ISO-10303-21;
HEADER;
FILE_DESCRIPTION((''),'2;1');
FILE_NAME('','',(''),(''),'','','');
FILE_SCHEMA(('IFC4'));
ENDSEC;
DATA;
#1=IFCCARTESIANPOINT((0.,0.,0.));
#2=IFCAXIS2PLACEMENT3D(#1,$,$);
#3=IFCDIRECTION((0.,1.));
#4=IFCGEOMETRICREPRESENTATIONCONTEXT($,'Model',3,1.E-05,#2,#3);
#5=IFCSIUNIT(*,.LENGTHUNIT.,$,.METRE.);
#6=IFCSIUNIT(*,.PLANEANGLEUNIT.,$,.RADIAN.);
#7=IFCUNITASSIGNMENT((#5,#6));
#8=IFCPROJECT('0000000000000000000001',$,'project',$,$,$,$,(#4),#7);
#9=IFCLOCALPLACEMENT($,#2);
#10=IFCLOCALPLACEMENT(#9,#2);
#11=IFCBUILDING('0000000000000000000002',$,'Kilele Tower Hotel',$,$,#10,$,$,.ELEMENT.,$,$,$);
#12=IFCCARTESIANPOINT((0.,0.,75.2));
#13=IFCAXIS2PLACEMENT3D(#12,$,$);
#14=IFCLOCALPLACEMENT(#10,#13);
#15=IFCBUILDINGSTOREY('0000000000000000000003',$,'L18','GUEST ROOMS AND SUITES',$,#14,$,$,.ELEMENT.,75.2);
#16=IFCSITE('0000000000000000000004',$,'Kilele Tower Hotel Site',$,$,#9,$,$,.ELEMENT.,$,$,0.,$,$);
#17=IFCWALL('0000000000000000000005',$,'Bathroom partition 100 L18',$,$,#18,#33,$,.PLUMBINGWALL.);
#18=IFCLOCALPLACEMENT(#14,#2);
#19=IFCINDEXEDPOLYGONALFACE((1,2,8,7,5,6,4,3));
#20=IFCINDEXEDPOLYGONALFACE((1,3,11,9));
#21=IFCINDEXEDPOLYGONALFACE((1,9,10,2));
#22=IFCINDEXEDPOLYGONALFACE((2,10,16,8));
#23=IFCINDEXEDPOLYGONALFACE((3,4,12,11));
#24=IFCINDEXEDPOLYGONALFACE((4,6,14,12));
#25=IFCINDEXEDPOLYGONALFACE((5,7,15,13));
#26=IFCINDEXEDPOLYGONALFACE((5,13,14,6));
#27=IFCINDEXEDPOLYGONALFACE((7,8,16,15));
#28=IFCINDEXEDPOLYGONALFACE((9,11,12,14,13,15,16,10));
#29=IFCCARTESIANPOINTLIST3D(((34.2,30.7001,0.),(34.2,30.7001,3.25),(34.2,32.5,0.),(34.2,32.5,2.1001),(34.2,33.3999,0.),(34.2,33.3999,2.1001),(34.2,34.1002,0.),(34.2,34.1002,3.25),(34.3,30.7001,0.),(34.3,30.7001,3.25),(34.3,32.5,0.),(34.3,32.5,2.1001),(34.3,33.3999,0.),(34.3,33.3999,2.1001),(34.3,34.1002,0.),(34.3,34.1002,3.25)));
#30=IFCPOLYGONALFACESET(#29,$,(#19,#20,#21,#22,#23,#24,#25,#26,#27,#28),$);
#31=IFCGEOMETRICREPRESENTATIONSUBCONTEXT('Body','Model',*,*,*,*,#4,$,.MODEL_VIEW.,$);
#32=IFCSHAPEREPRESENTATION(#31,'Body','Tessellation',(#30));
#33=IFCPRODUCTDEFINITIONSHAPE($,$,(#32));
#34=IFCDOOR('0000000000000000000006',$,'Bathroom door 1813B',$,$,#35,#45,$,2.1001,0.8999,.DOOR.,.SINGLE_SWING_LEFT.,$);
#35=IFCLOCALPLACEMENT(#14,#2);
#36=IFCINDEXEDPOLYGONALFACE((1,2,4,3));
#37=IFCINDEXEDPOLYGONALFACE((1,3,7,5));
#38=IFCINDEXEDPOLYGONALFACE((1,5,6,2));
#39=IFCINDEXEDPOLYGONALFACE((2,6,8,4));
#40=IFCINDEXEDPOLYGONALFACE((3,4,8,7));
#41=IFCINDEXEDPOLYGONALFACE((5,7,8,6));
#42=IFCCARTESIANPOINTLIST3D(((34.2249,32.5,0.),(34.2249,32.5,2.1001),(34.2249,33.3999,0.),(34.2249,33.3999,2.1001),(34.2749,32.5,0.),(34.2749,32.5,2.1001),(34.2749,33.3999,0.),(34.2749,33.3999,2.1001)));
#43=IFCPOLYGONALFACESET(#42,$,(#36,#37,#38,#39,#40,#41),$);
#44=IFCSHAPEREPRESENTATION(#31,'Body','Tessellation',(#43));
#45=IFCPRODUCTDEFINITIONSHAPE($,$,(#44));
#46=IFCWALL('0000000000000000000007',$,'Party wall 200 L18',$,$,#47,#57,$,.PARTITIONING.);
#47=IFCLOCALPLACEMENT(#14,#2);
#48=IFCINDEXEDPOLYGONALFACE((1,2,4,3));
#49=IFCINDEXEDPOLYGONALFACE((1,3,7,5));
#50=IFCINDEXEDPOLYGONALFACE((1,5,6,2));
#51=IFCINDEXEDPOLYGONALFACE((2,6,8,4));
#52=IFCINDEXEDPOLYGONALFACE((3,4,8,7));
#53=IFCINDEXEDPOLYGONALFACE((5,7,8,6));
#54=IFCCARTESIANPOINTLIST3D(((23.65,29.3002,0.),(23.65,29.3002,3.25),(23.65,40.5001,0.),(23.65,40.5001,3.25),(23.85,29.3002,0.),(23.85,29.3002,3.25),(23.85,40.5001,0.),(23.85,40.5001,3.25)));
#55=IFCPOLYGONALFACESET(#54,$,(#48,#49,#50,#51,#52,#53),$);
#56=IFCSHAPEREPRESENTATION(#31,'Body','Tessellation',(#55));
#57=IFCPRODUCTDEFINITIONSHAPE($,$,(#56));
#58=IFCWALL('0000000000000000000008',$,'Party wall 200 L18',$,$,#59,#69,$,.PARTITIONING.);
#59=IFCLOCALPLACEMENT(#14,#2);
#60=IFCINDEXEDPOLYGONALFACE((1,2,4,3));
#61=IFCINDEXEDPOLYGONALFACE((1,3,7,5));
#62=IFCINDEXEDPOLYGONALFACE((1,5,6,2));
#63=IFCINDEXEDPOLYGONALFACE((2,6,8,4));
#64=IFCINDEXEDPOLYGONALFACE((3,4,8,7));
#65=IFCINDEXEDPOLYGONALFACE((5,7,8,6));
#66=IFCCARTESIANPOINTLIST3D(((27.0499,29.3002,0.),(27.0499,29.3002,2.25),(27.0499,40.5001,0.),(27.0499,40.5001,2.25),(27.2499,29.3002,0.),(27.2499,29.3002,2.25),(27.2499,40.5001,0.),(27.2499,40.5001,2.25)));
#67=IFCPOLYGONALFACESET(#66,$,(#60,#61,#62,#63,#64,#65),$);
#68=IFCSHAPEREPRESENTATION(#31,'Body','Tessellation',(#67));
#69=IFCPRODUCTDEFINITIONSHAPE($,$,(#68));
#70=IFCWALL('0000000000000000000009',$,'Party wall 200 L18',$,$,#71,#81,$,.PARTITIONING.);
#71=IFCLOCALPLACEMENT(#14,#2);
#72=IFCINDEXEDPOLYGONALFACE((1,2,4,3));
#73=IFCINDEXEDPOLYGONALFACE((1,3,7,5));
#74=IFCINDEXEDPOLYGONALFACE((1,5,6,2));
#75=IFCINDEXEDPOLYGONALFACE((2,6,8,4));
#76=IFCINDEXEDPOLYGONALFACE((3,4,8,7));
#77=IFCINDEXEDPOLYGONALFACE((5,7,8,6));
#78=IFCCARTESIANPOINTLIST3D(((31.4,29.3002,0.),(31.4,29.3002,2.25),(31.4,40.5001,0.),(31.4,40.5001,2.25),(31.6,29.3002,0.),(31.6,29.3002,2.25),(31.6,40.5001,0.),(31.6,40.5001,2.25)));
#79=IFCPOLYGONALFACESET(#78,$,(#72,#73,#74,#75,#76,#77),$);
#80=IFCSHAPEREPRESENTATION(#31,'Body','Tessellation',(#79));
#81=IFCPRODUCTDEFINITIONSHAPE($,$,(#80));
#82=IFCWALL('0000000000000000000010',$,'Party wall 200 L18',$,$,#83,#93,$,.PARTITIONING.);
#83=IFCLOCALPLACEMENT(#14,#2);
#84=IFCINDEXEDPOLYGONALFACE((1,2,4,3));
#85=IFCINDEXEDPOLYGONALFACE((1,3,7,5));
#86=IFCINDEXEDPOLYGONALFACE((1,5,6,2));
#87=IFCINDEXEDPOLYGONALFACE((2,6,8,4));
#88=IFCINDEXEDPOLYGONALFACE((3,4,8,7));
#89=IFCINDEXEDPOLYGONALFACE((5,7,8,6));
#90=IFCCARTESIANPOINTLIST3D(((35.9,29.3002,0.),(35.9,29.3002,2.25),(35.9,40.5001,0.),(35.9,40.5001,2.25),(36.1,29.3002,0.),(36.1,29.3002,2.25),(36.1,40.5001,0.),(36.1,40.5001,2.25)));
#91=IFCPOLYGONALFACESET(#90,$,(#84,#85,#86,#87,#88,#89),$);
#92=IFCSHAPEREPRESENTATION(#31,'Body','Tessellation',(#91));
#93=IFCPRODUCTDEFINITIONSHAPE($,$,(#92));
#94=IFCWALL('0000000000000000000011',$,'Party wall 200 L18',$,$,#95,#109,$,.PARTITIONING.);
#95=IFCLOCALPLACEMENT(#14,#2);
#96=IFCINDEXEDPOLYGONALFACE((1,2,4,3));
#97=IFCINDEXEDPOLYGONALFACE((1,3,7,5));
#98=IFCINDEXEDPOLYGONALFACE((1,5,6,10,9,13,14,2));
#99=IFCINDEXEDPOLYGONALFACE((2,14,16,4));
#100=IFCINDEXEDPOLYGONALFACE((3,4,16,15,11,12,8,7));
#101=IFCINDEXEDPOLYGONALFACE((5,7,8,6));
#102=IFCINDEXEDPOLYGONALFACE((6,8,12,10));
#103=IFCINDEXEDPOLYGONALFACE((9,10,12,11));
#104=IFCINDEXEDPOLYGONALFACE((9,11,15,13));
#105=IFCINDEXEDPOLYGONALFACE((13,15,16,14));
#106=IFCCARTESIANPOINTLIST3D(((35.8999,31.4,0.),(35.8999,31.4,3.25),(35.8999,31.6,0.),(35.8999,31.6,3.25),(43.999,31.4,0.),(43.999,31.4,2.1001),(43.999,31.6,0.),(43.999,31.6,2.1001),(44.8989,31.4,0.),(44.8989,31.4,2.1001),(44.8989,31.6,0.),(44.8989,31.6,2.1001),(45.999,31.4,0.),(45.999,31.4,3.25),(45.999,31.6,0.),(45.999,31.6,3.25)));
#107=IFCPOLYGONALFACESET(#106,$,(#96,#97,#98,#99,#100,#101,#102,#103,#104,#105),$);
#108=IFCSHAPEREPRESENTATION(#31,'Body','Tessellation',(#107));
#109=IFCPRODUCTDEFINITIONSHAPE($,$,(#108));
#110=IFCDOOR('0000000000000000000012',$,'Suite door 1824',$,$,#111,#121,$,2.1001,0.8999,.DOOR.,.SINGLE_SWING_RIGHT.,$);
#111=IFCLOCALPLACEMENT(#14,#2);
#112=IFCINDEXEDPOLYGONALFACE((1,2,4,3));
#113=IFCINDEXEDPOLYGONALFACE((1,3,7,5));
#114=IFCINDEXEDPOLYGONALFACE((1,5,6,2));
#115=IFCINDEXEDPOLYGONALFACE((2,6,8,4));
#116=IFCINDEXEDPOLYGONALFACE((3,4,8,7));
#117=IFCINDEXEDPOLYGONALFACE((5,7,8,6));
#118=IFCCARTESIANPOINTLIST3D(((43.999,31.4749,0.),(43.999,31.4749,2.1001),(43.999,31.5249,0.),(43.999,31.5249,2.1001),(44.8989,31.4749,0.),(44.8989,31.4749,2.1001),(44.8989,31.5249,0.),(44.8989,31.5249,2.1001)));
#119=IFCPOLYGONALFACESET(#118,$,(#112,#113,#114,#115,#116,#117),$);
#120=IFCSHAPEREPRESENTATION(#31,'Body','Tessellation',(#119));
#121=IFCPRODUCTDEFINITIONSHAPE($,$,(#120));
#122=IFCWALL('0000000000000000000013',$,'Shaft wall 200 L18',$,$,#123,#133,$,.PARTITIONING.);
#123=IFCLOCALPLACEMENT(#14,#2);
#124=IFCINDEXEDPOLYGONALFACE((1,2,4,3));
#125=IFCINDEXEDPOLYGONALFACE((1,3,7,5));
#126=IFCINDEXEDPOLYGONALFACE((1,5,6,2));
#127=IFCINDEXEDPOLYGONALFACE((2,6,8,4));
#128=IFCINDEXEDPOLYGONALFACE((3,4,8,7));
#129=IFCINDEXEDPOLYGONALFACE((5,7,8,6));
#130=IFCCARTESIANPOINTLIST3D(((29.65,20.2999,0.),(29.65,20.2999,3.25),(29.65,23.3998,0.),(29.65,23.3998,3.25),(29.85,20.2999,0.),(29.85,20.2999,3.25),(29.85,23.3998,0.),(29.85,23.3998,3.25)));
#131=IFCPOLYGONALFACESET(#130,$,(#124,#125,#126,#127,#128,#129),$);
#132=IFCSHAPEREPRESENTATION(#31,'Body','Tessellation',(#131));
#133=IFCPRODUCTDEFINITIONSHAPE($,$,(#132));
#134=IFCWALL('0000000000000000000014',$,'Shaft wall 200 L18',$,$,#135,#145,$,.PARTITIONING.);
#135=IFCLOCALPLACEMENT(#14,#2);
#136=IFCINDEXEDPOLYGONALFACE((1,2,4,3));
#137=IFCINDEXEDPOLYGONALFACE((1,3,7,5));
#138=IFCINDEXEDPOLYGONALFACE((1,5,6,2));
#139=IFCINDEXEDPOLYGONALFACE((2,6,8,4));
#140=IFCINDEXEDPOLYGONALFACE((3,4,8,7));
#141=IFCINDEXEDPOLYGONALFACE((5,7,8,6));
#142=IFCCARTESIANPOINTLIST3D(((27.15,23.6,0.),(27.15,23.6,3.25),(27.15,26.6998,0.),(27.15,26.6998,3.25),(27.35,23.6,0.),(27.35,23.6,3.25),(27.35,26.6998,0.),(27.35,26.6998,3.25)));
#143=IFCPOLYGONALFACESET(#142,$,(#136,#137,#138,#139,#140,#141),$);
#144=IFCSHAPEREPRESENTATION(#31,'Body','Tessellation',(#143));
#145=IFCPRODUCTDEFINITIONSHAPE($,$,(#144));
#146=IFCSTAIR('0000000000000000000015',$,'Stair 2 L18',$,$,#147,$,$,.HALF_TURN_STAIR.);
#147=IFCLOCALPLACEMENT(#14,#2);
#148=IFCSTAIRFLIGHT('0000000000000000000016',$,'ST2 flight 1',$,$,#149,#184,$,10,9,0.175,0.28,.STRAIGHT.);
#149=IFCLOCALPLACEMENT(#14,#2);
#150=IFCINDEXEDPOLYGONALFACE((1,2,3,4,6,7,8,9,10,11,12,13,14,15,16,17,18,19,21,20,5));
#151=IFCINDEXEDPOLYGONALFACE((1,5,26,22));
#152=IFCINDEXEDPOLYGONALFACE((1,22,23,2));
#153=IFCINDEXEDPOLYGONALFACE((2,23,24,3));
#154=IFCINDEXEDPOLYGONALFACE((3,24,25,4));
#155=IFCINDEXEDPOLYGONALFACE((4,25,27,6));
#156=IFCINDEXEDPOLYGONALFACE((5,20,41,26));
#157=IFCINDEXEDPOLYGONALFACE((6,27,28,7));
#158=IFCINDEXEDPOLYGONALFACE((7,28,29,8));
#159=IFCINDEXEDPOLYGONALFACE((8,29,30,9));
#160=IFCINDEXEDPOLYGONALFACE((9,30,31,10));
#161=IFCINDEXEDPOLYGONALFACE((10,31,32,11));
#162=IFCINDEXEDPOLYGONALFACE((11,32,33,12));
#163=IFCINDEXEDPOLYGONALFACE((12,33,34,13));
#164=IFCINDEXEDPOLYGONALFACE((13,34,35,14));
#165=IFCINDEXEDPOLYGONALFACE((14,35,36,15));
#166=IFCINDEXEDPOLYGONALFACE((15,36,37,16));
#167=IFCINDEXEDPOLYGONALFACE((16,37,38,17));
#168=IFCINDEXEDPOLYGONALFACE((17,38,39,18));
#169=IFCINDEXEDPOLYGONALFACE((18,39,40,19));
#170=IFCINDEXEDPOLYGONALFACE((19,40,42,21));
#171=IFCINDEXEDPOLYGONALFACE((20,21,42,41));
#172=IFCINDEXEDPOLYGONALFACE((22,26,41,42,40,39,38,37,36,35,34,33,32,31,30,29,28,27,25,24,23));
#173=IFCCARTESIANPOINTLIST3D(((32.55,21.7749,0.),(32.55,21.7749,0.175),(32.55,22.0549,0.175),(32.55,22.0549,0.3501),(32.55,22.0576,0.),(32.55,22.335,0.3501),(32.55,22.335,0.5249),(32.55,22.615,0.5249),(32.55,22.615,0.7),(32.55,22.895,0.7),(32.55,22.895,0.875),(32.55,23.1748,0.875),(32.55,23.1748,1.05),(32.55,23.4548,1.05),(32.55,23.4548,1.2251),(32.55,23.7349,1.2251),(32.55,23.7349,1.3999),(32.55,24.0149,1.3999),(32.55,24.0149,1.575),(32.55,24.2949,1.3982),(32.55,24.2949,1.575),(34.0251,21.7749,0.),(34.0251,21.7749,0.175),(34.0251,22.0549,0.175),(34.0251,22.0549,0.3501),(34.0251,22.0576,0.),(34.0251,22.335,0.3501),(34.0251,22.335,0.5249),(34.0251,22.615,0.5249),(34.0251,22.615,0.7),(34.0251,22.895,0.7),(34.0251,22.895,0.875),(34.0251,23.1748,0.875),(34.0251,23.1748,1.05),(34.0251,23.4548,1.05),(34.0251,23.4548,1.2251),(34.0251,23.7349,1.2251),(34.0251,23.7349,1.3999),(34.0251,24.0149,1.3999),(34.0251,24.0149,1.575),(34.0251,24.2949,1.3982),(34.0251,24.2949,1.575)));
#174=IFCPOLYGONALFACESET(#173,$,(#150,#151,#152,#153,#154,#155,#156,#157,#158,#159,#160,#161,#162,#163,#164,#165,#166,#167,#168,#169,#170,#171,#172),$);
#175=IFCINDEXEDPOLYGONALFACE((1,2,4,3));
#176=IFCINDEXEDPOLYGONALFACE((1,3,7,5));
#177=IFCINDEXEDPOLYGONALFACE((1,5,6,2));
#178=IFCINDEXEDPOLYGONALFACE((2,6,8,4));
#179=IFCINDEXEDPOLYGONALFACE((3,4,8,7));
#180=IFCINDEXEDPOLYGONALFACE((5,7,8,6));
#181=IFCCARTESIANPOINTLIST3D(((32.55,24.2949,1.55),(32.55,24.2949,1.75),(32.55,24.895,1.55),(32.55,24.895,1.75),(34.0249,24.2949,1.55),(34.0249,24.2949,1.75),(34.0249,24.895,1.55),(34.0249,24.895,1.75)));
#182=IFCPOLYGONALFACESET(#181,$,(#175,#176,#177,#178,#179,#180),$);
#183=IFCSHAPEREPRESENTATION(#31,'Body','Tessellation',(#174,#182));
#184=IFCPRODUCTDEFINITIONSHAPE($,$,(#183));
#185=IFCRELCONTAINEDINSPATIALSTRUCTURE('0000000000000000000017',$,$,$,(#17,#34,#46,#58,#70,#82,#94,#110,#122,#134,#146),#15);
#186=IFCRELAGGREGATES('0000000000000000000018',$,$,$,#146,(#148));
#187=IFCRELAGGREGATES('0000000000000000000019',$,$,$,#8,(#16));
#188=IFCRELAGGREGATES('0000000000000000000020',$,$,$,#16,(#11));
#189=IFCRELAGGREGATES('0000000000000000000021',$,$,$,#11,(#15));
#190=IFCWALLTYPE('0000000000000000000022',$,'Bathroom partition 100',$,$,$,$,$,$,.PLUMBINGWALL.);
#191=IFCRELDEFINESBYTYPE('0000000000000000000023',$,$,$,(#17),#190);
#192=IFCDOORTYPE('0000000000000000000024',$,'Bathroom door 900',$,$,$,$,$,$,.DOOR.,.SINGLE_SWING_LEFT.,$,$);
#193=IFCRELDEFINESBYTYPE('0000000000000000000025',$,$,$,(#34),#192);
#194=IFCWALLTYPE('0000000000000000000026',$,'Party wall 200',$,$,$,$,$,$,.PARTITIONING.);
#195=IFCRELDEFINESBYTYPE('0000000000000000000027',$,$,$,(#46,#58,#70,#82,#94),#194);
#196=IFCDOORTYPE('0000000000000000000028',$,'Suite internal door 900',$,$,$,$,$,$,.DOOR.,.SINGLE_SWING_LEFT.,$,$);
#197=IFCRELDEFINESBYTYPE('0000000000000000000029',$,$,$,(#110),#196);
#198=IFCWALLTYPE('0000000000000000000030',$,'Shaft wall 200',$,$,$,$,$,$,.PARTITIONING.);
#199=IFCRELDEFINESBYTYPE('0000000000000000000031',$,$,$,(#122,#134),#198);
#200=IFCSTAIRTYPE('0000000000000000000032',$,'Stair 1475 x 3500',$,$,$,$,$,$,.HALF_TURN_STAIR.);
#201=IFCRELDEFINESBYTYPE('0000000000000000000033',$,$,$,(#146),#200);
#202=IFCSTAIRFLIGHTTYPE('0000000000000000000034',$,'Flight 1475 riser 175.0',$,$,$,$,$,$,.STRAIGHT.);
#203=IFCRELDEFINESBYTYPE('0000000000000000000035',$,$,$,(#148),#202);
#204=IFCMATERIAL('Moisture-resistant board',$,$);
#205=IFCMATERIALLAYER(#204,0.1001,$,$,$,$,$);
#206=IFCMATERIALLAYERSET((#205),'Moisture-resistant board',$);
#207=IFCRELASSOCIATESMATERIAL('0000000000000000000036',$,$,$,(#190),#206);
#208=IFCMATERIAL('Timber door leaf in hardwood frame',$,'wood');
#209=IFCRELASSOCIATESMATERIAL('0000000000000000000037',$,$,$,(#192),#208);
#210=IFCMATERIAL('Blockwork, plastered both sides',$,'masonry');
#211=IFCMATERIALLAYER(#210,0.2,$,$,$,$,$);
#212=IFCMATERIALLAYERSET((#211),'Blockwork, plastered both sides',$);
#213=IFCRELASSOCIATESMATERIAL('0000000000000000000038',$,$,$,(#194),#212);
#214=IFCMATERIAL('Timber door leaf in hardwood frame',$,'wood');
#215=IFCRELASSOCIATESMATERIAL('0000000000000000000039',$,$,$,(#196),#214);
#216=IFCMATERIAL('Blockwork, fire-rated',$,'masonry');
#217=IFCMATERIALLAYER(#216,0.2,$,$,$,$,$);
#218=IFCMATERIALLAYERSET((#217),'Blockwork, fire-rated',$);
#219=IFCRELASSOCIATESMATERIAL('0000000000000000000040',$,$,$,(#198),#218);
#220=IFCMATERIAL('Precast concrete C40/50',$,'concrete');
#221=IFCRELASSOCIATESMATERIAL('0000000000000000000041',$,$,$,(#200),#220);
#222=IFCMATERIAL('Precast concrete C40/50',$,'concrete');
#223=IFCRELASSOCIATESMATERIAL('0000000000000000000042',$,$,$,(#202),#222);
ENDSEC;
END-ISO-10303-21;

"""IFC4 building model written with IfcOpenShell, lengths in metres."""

from ifc_helpers import new_model, si_unit, direction, frame, frame_2d, origin, place, context, subcontext, project, spatial, polyline, rectangle, outline, extrude, material, layer, layer_set, type_object, element, fill, aggregate, save


model = new_model("IFC4")

# Units and contexts
model_context = context("Model", 3, precision=1e-05, world=origin(), true_north=direction((0.0, 1.0)))
body_context = subcontext(model_context, "Body", "Model", "MODEL_VIEW")
ifc_project = project(units=[si_unit("LENGTHUNIT", "METRE"), si_unit("PLANEANGLEUNIT", "RADIAN")], contexts=[model_context])

# Site, building, storey
site_placement = place(None, origin())
site = spatial("IfcSite", under=ifc_project, at=site_placement, Name="Kilele Tower Hotel Site", CompositionType="ELEMENT", RefElevation=0.0)
building_placement = place(site_placement, origin())
building = spatial("IfcBuilding", under=site, at=building_placement, Name="Kilele Tower Hotel", CompositionType="ELEMENT")
storey_placement = place(building_placement, frame((0.0, 0.0, 75.2)))
storey = spatial("IfcBuildingStorey", under=building, at=storey_placement, Name="L18", Description="GUEST ROOMS AND SUITES", CompositionType="ELEMENT", Elevation=75.2)

# Shared definitions
ifc_material_1 = material(Name="Moisture-resistant board")
ifc_layer_1 = layer(ifc_material_1, 0.1001)
ifc_layer_set_1 = layer_set([ifc_layer_1], Name="Moisture-resistant board")
wall_type_1 = type_object("IfcWallType", Name="Bathroom partition 100", PredefinedType="PLUMBINGWALL", material=ifc_layer_set_1)

# Shared definitions
ifc_material_2 = material(Name="Timber door leaf in hardwood frame", Category="wood")
door_type_1 = type_object("IfcDoorType", Name="Bathroom door 900", OperationType="SINGLE_SWING_LEFT", PredefinedType="DOOR", material=ifc_material_2)

# Wall, opening, door
wall_1_placement = place(storey_placement, frame((34.25, 30.7, 0.0), z_axis=(0.0, 0.0, 1.0), x_axis=(0.0, 1.0, 0.0)))
wall_1 = element("IfcWall", 1, at=wall_1_placement, inside=storey, type_object=wall_type_1, Name="Bathroom partition 100 L18", PredefinedType="PLUMBINGWALL", context=body_context, shape_type="SweptSolid", body=[
    extrude(rectangle(XDim=3.4001, YDim=0.1001, at=frame_2d((1.7002, 0.0))), origin(), (0.0, 0.0, 1.0), 3.25),
])
opening_1_placement = place(wall_1_placement, frame((2.7, 0.0, 0.0), z_axis=(0.0, 0.0, 1.0), x_axis=(-1.0, 0.0, 0.0)))
opening_1 = element("IfcOpeningElement", 2, at=opening_1_placement, cuts=wall_1, PredefinedType="OPENING", context=body_context, shape_type="SweptSolid", body=[
    extrude(rectangle(XDim=0.8999, YDim=2.1001, at=frame_2d((0.45, 1.05))), frame((0.0, 0.0601, 0.0), z_axis=(0.0, -1.0, 0.0), x_axis=(1.0, 0.0, 0.0)), (0.0, 0.0, 1.0), 0.1201),
])
door_1_placement = place(opening_1_placement, origin())
door_1 = element("IfcDoor", 3, at=door_1_placement, inside=storey, type_object=door_type_1, Name="Bathroom door 1813B", OperationType="SINGLE_SWING_LEFT", OverallHeight=2.1001, OverallWidth=0.8999, PredefinedType="DOOR", context=body_context, shape_type="SweptSolid", body=[
    extrude(rectangle(XDim=0.8999, YDim=2.1001, at=frame_2d((0.45, 1.05))), frame((0.0, 0.0249, 0.0), z_axis=(0.0, -1.0, 0.0), x_axis=(1.0, 0.0, 0.0)), (0.0, 0.0, 1.0), 0.05),
])
fill(opening_1, door_1)

# Walls
ifc_material_3 = material(Name="Blockwork, plastered both sides", Category="masonry")
ifc_layer_2 = layer(ifc_material_3, 0.2)
ifc_layer_set_2 = layer_set([ifc_layer_2], Name="Blockwork, plastered both sides")
wall_type_2 = type_object("IfcWallType", Name="Party wall 200", PredefinedType="PARTITIONING", material=ifc_layer_set_2)
wall_2_placement = place(storey_placement, frame((23.75, 29.3, 0.0), z_axis=(0.0, 0.0, 1.0), x_axis=(0.0, 1.0, 0.0)))
element("IfcWall", 4, at=wall_2_placement, inside=storey, type_object=wall_type_2, Name="Party wall 200 L18", PredefinedType="PARTITIONING", context=body_context, shape_type="SweptSolid", body=[
    extrude(rectangle(XDim=11.2, YDim=0.2, at=frame_2d((5.6001, 0.0))), origin(), (0.0, 0.0, 1.0), 3.25),
])
for number, where, z_axis, x_axis, name in (
    (5, (27.1499, 29.3, 0.0), (0.0, 0.0, 1.0), (0.0, 1.0, 0.0), "Party wall 200 L18"),
    (6, (31.5, 29.3, 0.0), (0.0, 0.0, 1.0), (0.0, 1.0, 0.0), "Party wall 200 L18"),
    (7, (36.0, 29.3, 0.0), (0.0, 0.0, 1.0), (0.0, 1.0, 0.0), "Party wall 200 L18"),
):
    element("IfcWall", number, at=place(storey_placement, frame(where, z_axis=z_axis, x_axis=x_axis)), inside=storey, type_object=wall_type_2, Name=name, PredefinedType="PARTITIONING", context=body_context, shape_type="SweptSolid", body=[
        extrude(rectangle(XDim=11.2, YDim=0.2, at=frame_2d((5.6001, 0.0))), origin(), (0.0, 0.0, 1.0), 2.25),
    ])

# Wall, opening, door
wall_3_placement = place(storey_placement, frame((35.8999, 31.5, 0.0), z_axis=(0.0, 0.0, 1.0), x_axis=(1.0, 0.0, 0.0)))
wall_3 = element("IfcWall", 8, at=wall_3_placement, inside=storey, type_object=wall_type_2, Name="Party wall 200 L18", PredefinedType="PARTITIONING", context=body_context, shape_type="SweptSolid", body=[
    extrude(rectangle(XDim=10.0991, YDim=0.2, at=frame_2d((5.0496, 0.0))), origin(), (0.0, 0.0, 1.0), 3.25),
])
opening_2_placement = place(wall_3_placement, frame((8.0991, 0.0, 0.0)))
opening_2 = element("IfcOpeningElement", 9, at=opening_2_placement, cuts=wall_3, PredefinedType="OPENING", context=body_context, shape_type="SweptSolid", body=[
    extrude(rectangle(XDim=0.8999, YDim=2.1001, at=frame_2d((0.45, 1.05))), frame((0.0, 0.1099, 0.0), z_axis=(0.0, -1.0, 0.0), x_axis=(1.0, 0.0, 0.0)), (0.0, 0.0, 1.0), 0.22),
])
ifc_material_4 = material(Name="Timber door leaf in hardwood frame", Category="wood")
door_type_2 = type_object("IfcDoorType", Name="Suite internal door 900", OperationType="SINGLE_SWING_LEFT", PredefinedType="DOOR", material=ifc_material_4)
door_2_placement = place(opening_2_placement, origin())
door_2 = element("IfcDoor", 10, at=door_2_placement, inside=storey, type_object=door_type_2, Name="Suite door 1824", OperationType="SINGLE_SWING_RIGHT", OverallHeight=2.1001, OverallWidth=0.8999, PredefinedType="DOOR", context=body_context, shape_type="SweptSolid", body=[
    extrude(rectangle(XDim=0.8999, YDim=2.1001, at=frame_2d((0.45, 1.05))), frame((0.0, 0.0249, 0.0), z_axis=(0.0, -1.0, 0.0), x_axis=(1.0, 0.0, 0.0)), (0.0, 0.0, 1.0), 0.05),
])
fill(opening_2, door_2)

# Walls
ifc_material_5 = material(Name="Blockwork, fire-rated", Category="masonry")
ifc_layer_3 = layer(ifc_material_5, 0.2)
ifc_layer_set_3 = layer_set([ifc_layer_3], Name="Blockwork, fire-rated")
wall_type_3 = type_object("IfcWallType", Name="Shaft wall 200", PredefinedType="PARTITIONING", material=ifc_layer_set_3)
for number, where, z_axis, x_axis, name in (
    (11, (29.75, 20.3, 0.0), (0.0, 0.0, 1.0), (0.0, 1.0, 0.0), "Shaft wall 200 L18"),
    (12, (27.25, 23.6001, 0.0), (0.0, 0.0, 1.0), (0.0, 1.0, 0.0), "Shaft wall 200 L18"),
):
    element("IfcWall", number, at=place(storey_placement, frame(where, z_axis=z_axis, x_axis=x_axis)), inside=storey, type_object=wall_type_3, Name=name, PredefinedType="PARTITIONING", context=body_context, shape_type="SweptSolid", body=[
        extrude(rectangle(XDim=3.0999, YDim=0.2, at=frame_2d((1.5498, 0.0))), origin(), (0.0, 0.0, 1.0), 3.25),
    ])

# Stair, stair flight
ifc_material_6 = material(Name="Precast concrete C40/50", Category="concrete")
stair_type = type_object("IfcStairType", Name="Stair 1475 x 3500", PredefinedType="HALF_TURN_STAIR", material=ifc_material_6)
stair_placement = place(storey_placement, origin())
stair = element("IfcStair", 13, at=stair_placement, inside=storey, type_object=stair_type, Name="Stair 2 L18", PredefinedType="HALF_TURN_STAIR")
ifc_material_7 = material(Name="Precast concrete C40/50", Category="concrete")
stair_flight_type = type_object("IfcStairFlightType", Name="Flight 1475 riser 175.0", PredefinedType="STRAIGHT", material=ifc_material_7)
stair_flight_1_placement = place(storey_placement, frame((33.2876, 21.7749, 0.0), z_axis=(0.0, 0.0, 1.0), x_axis=(0.0, 1.0, 0.0)))
stair_flight_1 = element("IfcStairFlight", 14, at=stair_flight_1_placement, type_object=stair_flight_type, Name="ST2 flight 1", NumberOfRisers=10, NumberOfTreads=9, PredefinedType="STRAIGHT", RiserHeight=0.175, TreadLength=0.28, context=body_context, shape_type="SweptSolid", body=[
    extrude(outline(polyline([(0.0, 0.0), (0.0, 0.175), (0.28, 0.175), (0.28, 0.3501), (0.5601, 0.3501), (0.5601, 0.5249), (0.8401, 0.5249), (0.8401, 0.7), (1.1201, 0.7), (1.1201, 0.875), (1.3999, 0.875), (1.3999, 1.05), (1.6799, 1.05), (1.6799, 1.2251), (1.96, 1.2251), (1.96, 1.3999), (2.24, 1.3999), (2.24, 1.575), (2.52, 1.575), (2.52, 1.75), (2.52, 1.3982), (0.2827, 0.0), (0.0, 0.0)])), frame((0.0, 0.7375, 0.0), z_axis=(0.0, -1.0, 0.0), x_axis=(1.0, 0.0, 0.0)), (0.0, 0.0, 1.0), 1.4751),
    extrude(outline(polyline([(2.52, 0.7375), (2.52, -0.7373), (3.1201, -0.7373), (3.1201, 0.7375), (2.52, 0.7375)])), frame((0.0, 0.0, 1.55)), (0.0, 0.0, 1.0), 0.2),
])
aggregate(stair, [stair_flight_1])

save(model, "model.ifc")
